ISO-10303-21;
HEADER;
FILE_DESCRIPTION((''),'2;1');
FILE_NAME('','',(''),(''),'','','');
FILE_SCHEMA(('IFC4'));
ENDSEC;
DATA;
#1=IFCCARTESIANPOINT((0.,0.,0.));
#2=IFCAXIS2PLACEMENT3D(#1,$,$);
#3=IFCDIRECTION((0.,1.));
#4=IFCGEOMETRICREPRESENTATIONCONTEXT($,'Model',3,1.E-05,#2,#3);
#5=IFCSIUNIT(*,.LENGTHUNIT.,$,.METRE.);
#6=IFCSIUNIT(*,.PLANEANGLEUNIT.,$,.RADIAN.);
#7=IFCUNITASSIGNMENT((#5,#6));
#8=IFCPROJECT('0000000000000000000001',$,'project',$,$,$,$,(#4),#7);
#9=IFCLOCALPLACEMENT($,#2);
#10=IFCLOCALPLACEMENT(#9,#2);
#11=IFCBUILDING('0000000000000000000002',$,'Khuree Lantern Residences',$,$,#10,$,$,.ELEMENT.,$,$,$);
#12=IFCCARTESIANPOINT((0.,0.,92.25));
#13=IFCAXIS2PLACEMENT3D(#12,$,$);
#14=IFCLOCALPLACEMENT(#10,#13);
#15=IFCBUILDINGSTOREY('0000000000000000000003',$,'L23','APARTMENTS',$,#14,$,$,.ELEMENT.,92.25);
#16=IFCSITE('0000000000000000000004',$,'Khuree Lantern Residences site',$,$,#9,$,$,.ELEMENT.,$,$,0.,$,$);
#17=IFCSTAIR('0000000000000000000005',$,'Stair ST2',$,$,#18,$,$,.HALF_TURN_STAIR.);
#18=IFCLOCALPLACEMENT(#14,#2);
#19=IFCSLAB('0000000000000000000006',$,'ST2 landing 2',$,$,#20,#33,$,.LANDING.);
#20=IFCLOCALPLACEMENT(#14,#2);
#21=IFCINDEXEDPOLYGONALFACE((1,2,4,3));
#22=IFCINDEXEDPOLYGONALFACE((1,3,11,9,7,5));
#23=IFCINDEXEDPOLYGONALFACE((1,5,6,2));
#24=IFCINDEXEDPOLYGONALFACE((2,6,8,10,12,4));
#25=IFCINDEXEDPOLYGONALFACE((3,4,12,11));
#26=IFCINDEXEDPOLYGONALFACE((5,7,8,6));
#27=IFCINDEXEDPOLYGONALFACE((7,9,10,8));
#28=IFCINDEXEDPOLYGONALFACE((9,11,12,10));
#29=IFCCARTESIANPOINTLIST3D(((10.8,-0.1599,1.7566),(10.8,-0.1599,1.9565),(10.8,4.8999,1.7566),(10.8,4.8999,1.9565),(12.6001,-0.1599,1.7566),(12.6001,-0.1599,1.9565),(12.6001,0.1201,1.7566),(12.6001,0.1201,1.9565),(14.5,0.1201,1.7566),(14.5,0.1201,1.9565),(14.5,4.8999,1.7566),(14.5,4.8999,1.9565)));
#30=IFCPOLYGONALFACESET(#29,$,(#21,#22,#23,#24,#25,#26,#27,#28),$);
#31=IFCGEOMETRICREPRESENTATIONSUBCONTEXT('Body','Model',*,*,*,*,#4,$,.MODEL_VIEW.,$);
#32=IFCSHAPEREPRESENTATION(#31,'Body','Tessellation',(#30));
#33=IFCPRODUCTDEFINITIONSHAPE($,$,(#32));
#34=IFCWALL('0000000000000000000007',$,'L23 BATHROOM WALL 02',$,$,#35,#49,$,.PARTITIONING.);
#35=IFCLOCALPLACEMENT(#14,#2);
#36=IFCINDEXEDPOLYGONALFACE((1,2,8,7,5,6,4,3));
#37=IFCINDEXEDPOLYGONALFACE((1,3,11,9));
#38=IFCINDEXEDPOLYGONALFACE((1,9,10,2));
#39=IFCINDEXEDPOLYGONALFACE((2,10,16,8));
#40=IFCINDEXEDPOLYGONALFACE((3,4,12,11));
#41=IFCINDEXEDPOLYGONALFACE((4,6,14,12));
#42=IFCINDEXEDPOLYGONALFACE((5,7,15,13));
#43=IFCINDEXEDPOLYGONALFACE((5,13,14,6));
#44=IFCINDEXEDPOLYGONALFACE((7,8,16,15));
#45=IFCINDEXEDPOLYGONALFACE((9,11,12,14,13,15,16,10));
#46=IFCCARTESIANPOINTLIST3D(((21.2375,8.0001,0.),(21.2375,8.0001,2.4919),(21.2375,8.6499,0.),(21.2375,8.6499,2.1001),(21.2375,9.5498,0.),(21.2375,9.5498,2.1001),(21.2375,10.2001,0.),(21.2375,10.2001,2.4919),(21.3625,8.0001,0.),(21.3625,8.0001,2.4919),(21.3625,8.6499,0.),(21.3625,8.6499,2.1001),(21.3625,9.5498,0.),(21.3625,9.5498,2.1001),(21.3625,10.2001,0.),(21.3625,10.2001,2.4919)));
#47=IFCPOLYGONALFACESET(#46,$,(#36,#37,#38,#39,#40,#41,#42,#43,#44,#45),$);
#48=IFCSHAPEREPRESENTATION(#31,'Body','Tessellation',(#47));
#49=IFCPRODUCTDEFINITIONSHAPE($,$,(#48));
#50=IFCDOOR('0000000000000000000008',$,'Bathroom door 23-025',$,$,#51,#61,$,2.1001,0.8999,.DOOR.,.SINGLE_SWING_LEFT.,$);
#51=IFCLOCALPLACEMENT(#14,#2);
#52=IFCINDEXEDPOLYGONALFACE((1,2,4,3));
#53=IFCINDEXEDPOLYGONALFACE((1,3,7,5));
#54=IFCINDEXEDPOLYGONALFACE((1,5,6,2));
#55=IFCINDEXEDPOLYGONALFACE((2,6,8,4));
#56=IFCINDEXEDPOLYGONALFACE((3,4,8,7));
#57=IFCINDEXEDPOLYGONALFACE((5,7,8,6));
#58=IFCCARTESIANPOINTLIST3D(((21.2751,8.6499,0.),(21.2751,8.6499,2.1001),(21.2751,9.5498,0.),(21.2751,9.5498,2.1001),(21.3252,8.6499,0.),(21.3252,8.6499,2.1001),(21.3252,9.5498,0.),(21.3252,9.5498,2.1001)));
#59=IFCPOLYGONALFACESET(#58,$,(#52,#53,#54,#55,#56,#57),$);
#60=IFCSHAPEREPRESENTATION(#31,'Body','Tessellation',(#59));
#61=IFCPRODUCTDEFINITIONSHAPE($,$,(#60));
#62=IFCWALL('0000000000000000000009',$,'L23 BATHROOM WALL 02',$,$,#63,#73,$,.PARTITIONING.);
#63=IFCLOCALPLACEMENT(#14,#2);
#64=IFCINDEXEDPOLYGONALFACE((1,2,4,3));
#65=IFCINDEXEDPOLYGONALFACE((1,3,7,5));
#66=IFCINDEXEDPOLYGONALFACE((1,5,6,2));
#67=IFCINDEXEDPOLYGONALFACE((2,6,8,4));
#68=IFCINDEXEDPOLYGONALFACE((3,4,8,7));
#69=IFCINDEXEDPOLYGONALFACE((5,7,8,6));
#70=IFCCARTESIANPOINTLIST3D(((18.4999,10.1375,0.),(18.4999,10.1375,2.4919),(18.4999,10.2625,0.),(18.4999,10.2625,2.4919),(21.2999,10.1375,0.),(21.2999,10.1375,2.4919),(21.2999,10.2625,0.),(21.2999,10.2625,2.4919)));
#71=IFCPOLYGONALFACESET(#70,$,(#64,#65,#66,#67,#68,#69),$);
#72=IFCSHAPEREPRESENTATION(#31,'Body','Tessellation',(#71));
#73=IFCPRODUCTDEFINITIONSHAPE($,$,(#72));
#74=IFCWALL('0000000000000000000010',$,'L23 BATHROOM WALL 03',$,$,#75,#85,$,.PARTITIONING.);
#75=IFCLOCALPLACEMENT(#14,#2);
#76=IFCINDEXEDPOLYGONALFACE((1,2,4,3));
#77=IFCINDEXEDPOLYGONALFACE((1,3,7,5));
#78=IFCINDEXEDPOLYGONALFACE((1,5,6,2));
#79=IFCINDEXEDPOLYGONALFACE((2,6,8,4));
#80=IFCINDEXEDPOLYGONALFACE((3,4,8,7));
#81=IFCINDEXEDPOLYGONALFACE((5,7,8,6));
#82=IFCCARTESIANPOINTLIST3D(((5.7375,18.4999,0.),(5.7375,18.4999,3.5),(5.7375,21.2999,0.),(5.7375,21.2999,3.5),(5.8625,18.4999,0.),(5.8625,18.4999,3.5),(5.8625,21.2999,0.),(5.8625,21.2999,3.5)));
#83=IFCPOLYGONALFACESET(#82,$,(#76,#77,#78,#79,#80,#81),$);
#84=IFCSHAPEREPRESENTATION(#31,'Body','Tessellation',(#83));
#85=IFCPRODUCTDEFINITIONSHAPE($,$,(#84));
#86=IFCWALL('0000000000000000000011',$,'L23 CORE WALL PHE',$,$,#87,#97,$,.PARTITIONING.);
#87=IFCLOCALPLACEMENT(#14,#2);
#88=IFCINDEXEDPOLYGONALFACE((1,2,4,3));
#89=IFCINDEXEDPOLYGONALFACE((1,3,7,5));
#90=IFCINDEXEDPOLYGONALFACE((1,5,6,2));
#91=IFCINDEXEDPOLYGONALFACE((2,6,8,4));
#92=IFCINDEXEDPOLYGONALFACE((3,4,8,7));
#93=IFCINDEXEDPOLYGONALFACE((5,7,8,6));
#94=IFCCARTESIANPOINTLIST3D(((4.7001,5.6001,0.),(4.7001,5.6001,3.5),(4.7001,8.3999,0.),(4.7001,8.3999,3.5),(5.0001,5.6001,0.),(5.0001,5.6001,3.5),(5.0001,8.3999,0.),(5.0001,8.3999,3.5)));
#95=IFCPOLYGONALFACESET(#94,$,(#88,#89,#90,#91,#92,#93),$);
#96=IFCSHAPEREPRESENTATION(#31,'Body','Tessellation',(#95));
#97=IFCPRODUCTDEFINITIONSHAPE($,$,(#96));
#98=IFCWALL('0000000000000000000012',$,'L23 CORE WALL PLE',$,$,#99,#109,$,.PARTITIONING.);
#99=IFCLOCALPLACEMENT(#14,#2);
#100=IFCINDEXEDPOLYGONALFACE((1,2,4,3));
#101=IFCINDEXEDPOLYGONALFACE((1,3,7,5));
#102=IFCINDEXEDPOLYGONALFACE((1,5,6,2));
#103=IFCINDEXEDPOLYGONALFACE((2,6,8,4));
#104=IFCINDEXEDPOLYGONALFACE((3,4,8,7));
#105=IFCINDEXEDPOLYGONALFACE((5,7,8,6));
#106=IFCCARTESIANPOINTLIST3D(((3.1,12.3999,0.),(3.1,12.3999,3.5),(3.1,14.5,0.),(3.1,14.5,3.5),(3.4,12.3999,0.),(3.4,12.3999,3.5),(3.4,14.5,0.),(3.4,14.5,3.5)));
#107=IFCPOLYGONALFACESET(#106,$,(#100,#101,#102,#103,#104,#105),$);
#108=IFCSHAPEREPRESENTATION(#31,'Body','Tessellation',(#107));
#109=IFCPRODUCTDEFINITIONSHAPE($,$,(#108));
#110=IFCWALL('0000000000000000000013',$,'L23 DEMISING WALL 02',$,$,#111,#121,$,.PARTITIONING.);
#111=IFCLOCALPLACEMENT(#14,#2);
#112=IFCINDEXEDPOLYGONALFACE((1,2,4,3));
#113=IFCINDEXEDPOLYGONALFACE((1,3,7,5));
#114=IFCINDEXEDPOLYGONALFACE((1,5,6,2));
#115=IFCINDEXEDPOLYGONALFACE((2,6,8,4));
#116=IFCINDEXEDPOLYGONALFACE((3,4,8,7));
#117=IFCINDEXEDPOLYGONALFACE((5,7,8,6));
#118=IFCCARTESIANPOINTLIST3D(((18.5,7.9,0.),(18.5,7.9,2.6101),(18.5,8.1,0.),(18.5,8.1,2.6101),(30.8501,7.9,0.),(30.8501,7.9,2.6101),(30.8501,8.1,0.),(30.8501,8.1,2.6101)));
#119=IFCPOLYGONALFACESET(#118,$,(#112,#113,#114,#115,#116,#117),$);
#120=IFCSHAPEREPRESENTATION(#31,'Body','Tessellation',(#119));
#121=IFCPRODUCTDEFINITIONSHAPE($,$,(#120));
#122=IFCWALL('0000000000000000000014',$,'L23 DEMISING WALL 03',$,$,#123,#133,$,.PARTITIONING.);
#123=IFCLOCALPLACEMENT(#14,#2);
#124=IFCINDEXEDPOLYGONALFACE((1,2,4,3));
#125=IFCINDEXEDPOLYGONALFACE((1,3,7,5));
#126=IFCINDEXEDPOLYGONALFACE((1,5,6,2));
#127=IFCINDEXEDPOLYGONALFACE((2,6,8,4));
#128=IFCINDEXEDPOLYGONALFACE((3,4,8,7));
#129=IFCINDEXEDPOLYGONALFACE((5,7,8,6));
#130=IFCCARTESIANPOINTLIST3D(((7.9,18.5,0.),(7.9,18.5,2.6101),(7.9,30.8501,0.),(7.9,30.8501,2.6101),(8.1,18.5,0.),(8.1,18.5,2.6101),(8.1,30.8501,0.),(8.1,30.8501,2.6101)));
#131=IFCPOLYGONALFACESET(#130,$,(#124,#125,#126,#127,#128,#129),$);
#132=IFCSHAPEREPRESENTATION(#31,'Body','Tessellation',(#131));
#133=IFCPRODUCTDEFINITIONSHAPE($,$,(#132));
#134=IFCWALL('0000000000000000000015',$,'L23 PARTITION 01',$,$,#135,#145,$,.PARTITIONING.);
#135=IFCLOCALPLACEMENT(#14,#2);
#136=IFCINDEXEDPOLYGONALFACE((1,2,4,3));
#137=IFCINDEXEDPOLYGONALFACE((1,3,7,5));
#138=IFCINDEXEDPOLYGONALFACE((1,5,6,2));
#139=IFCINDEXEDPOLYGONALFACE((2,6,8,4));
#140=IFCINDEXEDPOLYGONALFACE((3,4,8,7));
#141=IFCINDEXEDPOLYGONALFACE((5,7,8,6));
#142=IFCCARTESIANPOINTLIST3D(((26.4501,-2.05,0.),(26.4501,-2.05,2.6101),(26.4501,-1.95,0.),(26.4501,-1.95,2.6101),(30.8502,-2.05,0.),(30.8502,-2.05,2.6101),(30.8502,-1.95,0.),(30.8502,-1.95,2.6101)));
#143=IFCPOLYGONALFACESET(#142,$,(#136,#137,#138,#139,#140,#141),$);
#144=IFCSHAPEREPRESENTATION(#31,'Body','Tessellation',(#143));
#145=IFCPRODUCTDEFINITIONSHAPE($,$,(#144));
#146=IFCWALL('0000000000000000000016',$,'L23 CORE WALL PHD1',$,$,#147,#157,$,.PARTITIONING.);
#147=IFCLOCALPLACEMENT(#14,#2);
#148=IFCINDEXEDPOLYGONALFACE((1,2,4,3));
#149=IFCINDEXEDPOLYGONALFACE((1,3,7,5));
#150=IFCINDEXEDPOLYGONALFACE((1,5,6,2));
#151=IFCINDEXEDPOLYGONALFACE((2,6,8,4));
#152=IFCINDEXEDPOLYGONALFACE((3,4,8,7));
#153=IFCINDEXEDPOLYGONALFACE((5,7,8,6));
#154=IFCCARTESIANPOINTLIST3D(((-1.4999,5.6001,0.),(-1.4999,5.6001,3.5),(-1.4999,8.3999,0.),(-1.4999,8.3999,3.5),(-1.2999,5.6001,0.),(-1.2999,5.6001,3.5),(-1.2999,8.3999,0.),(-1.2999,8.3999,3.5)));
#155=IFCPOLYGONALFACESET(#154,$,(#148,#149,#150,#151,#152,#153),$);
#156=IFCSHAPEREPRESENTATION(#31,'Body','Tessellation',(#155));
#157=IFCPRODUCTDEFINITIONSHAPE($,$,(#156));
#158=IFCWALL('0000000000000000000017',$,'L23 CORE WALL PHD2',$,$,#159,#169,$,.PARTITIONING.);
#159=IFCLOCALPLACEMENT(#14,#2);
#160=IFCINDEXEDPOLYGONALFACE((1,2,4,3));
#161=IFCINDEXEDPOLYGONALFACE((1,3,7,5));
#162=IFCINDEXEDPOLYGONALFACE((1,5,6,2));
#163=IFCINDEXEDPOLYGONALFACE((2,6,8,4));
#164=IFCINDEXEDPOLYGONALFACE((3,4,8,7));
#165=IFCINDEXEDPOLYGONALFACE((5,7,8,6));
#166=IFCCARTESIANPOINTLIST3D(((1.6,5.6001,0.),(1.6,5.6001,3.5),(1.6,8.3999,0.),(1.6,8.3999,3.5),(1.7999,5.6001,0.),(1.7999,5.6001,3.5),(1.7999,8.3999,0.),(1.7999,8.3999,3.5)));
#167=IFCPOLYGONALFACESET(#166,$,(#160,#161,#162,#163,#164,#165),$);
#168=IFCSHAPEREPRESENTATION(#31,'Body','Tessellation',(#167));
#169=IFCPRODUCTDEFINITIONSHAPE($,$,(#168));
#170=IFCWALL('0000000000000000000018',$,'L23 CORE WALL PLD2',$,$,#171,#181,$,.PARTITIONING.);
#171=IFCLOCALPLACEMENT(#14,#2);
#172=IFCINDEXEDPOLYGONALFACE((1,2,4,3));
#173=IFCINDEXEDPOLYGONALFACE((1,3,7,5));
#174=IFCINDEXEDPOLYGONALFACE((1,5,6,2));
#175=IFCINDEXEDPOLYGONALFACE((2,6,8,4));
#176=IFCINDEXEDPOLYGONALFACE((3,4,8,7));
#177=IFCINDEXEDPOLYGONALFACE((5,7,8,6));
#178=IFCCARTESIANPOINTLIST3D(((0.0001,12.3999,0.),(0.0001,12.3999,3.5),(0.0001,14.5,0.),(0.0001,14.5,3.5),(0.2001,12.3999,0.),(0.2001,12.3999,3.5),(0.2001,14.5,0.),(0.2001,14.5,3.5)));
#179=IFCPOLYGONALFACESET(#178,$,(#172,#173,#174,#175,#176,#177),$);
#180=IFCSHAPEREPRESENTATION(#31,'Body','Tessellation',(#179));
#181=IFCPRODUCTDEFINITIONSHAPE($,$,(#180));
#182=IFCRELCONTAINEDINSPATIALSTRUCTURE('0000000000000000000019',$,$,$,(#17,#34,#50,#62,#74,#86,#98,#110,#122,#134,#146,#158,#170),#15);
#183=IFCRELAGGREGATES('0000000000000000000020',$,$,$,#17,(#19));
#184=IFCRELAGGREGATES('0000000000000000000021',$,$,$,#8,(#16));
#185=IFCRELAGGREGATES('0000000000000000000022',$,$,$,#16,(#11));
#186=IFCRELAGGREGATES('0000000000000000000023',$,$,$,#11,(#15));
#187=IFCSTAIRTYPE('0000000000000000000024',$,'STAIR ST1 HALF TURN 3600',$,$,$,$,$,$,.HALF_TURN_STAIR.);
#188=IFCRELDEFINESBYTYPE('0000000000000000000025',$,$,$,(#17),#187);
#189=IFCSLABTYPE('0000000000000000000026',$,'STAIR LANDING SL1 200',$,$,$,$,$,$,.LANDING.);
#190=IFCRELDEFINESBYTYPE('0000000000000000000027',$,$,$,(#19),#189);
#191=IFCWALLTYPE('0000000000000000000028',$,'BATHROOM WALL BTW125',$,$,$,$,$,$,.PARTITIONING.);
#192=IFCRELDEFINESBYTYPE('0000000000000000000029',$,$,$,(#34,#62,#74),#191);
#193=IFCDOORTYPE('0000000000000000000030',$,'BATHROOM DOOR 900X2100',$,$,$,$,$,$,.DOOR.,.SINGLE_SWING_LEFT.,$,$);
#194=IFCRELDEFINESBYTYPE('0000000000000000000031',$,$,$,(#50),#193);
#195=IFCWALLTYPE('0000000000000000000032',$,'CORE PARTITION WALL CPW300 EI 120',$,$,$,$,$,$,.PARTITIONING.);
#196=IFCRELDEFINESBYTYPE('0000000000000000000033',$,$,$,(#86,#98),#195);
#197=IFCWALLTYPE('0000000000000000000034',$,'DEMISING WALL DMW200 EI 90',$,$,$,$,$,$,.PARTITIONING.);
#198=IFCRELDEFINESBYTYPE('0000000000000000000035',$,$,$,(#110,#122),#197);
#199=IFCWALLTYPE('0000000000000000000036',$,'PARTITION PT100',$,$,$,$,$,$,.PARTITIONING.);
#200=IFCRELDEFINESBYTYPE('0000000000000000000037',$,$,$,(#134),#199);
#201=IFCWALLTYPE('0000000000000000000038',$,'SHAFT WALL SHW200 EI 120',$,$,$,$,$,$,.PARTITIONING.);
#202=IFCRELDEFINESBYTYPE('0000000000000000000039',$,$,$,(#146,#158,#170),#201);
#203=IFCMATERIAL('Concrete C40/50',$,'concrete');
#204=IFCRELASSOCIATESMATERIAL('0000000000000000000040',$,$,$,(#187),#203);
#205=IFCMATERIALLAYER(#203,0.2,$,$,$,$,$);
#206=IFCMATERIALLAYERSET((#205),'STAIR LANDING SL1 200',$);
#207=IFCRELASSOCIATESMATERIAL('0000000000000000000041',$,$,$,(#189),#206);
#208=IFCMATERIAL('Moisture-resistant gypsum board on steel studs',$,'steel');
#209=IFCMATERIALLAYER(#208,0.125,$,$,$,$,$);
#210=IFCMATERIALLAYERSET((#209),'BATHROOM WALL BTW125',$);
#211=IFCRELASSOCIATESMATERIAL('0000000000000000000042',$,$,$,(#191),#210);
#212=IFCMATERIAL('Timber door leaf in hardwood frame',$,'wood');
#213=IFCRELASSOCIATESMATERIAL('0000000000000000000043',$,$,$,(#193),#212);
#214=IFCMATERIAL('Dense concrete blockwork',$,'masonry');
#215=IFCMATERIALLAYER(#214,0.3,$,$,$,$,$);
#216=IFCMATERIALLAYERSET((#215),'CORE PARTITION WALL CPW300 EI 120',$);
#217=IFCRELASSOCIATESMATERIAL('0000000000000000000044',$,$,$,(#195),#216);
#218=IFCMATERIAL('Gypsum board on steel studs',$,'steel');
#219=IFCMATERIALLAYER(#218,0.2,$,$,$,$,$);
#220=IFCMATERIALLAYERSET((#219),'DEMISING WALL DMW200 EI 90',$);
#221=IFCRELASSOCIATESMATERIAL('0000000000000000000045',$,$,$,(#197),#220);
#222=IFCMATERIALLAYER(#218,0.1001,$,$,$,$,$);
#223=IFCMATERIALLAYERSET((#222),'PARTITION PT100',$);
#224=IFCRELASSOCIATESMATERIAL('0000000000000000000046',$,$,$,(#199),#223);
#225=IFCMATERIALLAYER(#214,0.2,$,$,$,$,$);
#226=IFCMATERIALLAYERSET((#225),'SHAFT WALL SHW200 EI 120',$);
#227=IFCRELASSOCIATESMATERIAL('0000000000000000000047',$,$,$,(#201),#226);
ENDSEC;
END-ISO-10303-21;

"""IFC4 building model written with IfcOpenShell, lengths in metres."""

from ifc_helpers import new_model, si_unit, direction, frame, frame_2d, origin, place, context, subcontext, project, spatial, polyline, rectangle, outline, extrude, material, layer, layer_set, type_object, element, fill, aggregate, save


model = new_model("IFC4")

# Units and contexts
model_context = context("Model", 3, precision=1e-05, world=origin(), true_north=direction((0.0, 1.0)))
body_context = subcontext(model_context, "Body", "Model", "MODEL_VIEW")
ifc_project = project(units=[si_unit("LENGTHUNIT", "METRE"), si_unit("PLANEANGLEUNIT", "RADIAN")], contexts=[model_context])

# Site, building, storey
site_placement = place(None, origin())
site = spatial("IfcSite", under=ifc_project, at=site_placement, Name="Khuree Lantern Residences site", CompositionType="ELEMENT", RefElevation=0.0)
building_placement = place(site_placement, origin())
building = spatial("IfcBuilding", under=site, at=building_placement, Name="Khuree Lantern Residences", CompositionType="ELEMENT")
storey_placement = place(building_placement, frame((0.0, 0.0, 92.25)))
storey = spatial("IfcBuildingStorey", under=building, at=storey_placement, Name="L23", Description="APARTMENTS", CompositionType="ELEMENT", Elevation=92.25)

# Stair, slab
ifc_material_1 = material(Name="Concrete C40/50", Category="concrete")
stair_type = type_object("IfcStairType", Name="STAIR ST1 HALF TURN 3600", PredefinedType="HALF_TURN_STAIR", material=ifc_material_1)
ifc_layer_1 = layer(ifc_material_1, 0.2)
ifc_layer_set_1 = layer_set([ifc_layer_1], Name="STAIR LANDING SL1 200")
slab_type_1 = type_object("IfcSlabType", Name="STAIR LANDING SL1 200", PredefinedType="LANDING", material=ifc_layer_set_1)
stair_1_placement = place(storey_placement, origin())
stair_1 = element("IfcStair", 1, at=stair_1_placement, inside=storey, type_object=stair_type, Name="Stair ST2", PredefinedType="HALF_TURN_STAIR")
slab_1_placement = place(storey_placement, frame((0.0, 0.0, 1.7566)))
slab_1 = element("IfcSlab", 2, at=slab_1_placement, type_object=slab_type_1, Name="ST2 landing 2", PredefinedType="LANDING", context=body_context, shape_type="SweptSolid", body=[
    extrude(outline(polyline([(14.5, 4.8999), (14.5, 0.1201), (12.6001, 0.1201), (12.6001, -0.1599), (10.8, -0.1599), (10.8, 4.8999), (14.5, 4.8999)])), origin(), (0.0, 0.0, 1.0), 0.2),
])

# Wall, opening, door
ifc_material_2 = material(Name="Moisture-resistant gypsum board on steel studs", Category="steel")
ifc_layer_2 = layer(ifc_material_2, 0.125)
ifc_layer_set_2 = layer_set([ifc_layer_2], Name="BATHROOM WALL BTW125")
wall_type_1 = type_object("IfcWallType", Name="BATHROOM WALL BTW125", PredefinedType="PARTITIONING", material=ifc_layer_set_2)
wall_1_placement = place(storey_placement, frame((21.3, 8.0, 0.0), z_axis=(0.0, 0.0, 1.0), x_axis=(0.0, 1.0, 0.0)))
wall_1 = element("IfcWall", 3, at=wall_1_placement, inside=storey, type_object=wall_type_1, Name="L23 BATHROOM WALL 02", PredefinedType="PARTITIONING", context=body_context, shape_type="SweptSolid", body=[
    extrude(rectangle(XDim=2.2, YDim=0.125, at=frame_2d((1.1001, 0.0))), origin(), (0.0, 0.0, 1.0), 2.4919),
])
opening_placement = place(wall_1_placement, frame((0.6499, 0.0, 0.0)))
opening = element("IfcOpeningElement", 4, at=opening_placement, cuts=wall_1, PredefinedType="OPENING", context=body_context, shape_type="SweptSolid", body=[
    extrude(rectangle(XDim=0.8999, YDim=2.1001, at=frame_2d((0.45, 1.05))), frame((0.0, 0.0725, 0.0), z_axis=(0.0, -1.0, 0.0), x_axis=(1.0, 0.0, 0.0)), (0.0, 0.0, 1.0), 0.145),
])
ifc_material_3 = material(Name="Timber door leaf in hardwood frame", Category="wood")
door_type = type_object("IfcDoorType", Name="BATHROOM DOOR 900X2100", OperationType="SINGLE_SWING_LEFT", PredefinedType="DOOR", material=ifc_material_3)
door_placement = place(opening_placement, origin())
door = element("IfcDoor", 5, at=door_placement, inside=storey, type_object=door_type, Name="Bathroom door 23-025", OperationType="SINGLE_SWING_LEFT", OverallHeight=2.1001, OverallWidth=0.8999, PredefinedType="DOOR", context=body_context, shape_type="SweptSolid", body=[
    extrude(rectangle(XDim=0.8999, YDim=2.1001, at=frame_2d((0.45, 1.05))), frame((0.0, 0.0249, 0.0), z_axis=(0.0, -1.0, 0.0), x_axis=(1.0, 0.0, 0.0)), (0.0, 0.0, 1.0), 0.05),
])
fill(opening, door)

# Walls
wall_2_placement = place(storey_placement, frame((18.5, 10.2, 0.0), z_axis=(0.0, 0.0, 1.0), x_axis=(1.0, 0.0, 0.0)))
element("IfcWall", 6, at=wall_2_placement, inside=storey, type_object=wall_type_1, Name="L23 BATHROOM WALL 02", PredefinedType="PARTITIONING", context=body_context, shape_type="SweptSolid", body=[
    extrude(rectangle(XDim=2.8, YDim=0.125, at=frame_2d((1.3999, 0.0))), origin(), (0.0, 0.0, 1.0), 2.4919),
])
wall_3_placement = place(storey_placement, frame((5.8, 18.5, 0.0), z_axis=(0.0, 0.0, 1.0), x_axis=(0.0, 1.0, 0.0)))
element("IfcWall", 7, at=wall_3_placement, inside=storey, type_object=wall_type_1, Name="L23 BATHROOM WALL 03", PredefinedType="PARTITIONING", context=body_context, shape_type="SweptSolid", body=[
    extrude(rectangle(XDim=2.8, YDim=0.125, at=frame_2d((1.3999, 0.0))), origin(), (0.0, 0.0, 1.0), 3.5),
])
ifc_material_4 = material(Name="Dense concrete blockwork", Category="masonry")
ifc_layer_3 = layer(ifc_material_4, 0.3)
ifc_layer_set_3 = layer_set([ifc_layer_3], Name="CORE PARTITION WALL CPW300 EI 120")
wall_type_2 = type_object("IfcWallType", Name="CORE PARTITION WALL CPW300 EI 120", PredefinedType="PARTITIONING", material=ifc_layer_set_3)
wall_4_placement = place(storey_placement, frame((4.8501, 5.6001, 0.0), z_axis=(0.0, 0.0, 1.0), x_axis=(0.0, 1.0, 0.0)))
element("IfcWall", 8, at=wall_4_placement, inside=storey, type_object=wall_type_2, Name="L23 CORE WALL PHE", PredefinedType="PARTITIONING", context=body_context, shape_type="SweptSolid", body=[
    extrude(rectangle(XDim=2.7998, YDim=0.3, at=frame_2d((1.3999, 0.0))), origin(), (0.0, 0.0, 1.0), 3.5),
])
wall_5_placement = place(storey_placement, frame((3.25, 12.3999, 0.0), z_axis=(0.0, 0.0, 1.0), x_axis=(0.0, 1.0, 0.0)))
element("IfcWall", 9, at=wall_5_placement, inside=storey, type_object=wall_type_2, Name="L23 CORE WALL PLE", PredefinedType="PARTITIONING", context=body_context, shape_type="SweptSolid", body=[
    extrude(rectangle(XDim=2.1001, YDim=0.3, at=frame_2d((1.05, 0.0))), origin(), (0.0, 0.0, 1.0), 3.5),
])
ifc_material_5 = material(Name="Gypsum board on steel studs", Category="steel")
ifc_layer_4 = layer(ifc_material_5, 0.2)
ifc_layer_set_4 = layer_set([ifc_layer_4], Name="DEMISING WALL DMW200 EI 90")
wall_type_3 = type_object("IfcWallType", Name="DEMISING WALL DMW200 EI 90", PredefinedType="PARTITIONING", material=ifc_layer_set_4)
for number, where, z_axis, x_axis, name in (
    (10, (18.5, 8.0, 0.0), (0.0, 0.0, 1.0), (1.0, 0.0, 0.0), "L23 DEMISING WALL 02"),
    (11, (8.0, 18.5, 0.0), (0.0, 0.0, 1.0), (0.0, 1.0, 0.0), "L23 DEMISING WALL 03"),
):
    element("IfcWall", number, at=place(storey_placement, frame(where, z_axis=z_axis, x_axis=x_axis)), inside=storey, type_object=wall_type_3, Name=name, PredefinedType="PARTITIONING", context=body_context, shape_type="SweptSolid", body=[
        extrude(rectangle(XDim=12.3501, YDim=0.2, at=frame_2d((6.175, 0.0))), origin(), (0.0, 0.0, 1.0), 2.6101),
    ])
ifc_layer_5 = layer(ifc_material_5, 0.1001)
ifc_layer_set_5 = layer_set([ifc_layer_5], Name="PARTITION PT100")
wall_type_4 = type_object("IfcWallType", Name="PARTITION PT100", PredefinedType="PARTITIONING", material=ifc_layer_set_5)
wall_6_placement = place(storey_placement, frame((26.45, -2.0, 0.0), z_axis=(0.0, 0.0, 1.0), x_axis=(1.0, 0.0, 0.0)))
element("IfcWall", 12, at=wall_6_placement, inside=storey, type_object=wall_type_4, Name="L23 PARTITION 01", PredefinedType="PARTITIONING", context=body_context, shape_type="SweptSolid", body=[
    extrude(rectangle(XDim=4.4001, YDim=0.1001, at=frame_2d((2.2002, 0.0))), origin(), (0.0, 0.0, 1.0), 2.6101),
])
ifc_layer_6 = layer(ifc_material_4, 0.2)
ifc_layer_set_6 = layer_set([ifc_layer_6], Name="SHAFT WALL SHW200 EI 120")
wall_type_5 = type_object("IfcWallType", Name="SHAFT WALL SHW200 EI 120", PredefinedType="PARTITIONING", material=ifc_layer_set_6)
for number, where, z_axis, x_axis, name in (
    (13, (-1.3999, 5.6001, 0.0), (0.0, 0.0, 1.0), (0.0, 1.0, 0.0), "L23 CORE WALL PHD1"),
    (14, (1.7, 5.6001, 0.0), (0.0, 0.0, 1.0), (0.0, 1.0, 0.0), "L23 CORE WALL PHD2"),
):
    element("IfcWall", number, at=place(storey_placement, frame(where, z_axis=z_axis, x_axis=x_axis)), inside=storey, type_object=wall_type_5, Name=name, PredefinedType="PARTITIONING", context=body_context, shape_type="SweptSolid", body=[
        extrude(rectangle(XDim=2.7998, YDim=0.2, at=frame_2d((1.3999, 0.0))), origin(), (0.0, 0.0, 1.0), 3.5),
    ])
wall_7_placement = place(storey_placement, frame((0.1001, 12.3999, 0.0), z_axis=(0.0, 0.0, 1.0), x_axis=(0.0, 1.0, 0.0)))
element("IfcWall", 15, at=wall_7_placement, inside=storey, type_object=wall_type_5, Name="L23 CORE WALL PLD2", PredefinedType="PARTITIONING", context=body_context, shape_type="SweptSolid", body=[
    extrude(rectangle(XDim=2.1001, YDim=0.2, at=frame_2d((1.05, 0.0))), origin(), (0.0, 0.0, 1.0), 3.5),
])

aggregate(stair_1, [slab_1])

save(model, "model.ifc")
